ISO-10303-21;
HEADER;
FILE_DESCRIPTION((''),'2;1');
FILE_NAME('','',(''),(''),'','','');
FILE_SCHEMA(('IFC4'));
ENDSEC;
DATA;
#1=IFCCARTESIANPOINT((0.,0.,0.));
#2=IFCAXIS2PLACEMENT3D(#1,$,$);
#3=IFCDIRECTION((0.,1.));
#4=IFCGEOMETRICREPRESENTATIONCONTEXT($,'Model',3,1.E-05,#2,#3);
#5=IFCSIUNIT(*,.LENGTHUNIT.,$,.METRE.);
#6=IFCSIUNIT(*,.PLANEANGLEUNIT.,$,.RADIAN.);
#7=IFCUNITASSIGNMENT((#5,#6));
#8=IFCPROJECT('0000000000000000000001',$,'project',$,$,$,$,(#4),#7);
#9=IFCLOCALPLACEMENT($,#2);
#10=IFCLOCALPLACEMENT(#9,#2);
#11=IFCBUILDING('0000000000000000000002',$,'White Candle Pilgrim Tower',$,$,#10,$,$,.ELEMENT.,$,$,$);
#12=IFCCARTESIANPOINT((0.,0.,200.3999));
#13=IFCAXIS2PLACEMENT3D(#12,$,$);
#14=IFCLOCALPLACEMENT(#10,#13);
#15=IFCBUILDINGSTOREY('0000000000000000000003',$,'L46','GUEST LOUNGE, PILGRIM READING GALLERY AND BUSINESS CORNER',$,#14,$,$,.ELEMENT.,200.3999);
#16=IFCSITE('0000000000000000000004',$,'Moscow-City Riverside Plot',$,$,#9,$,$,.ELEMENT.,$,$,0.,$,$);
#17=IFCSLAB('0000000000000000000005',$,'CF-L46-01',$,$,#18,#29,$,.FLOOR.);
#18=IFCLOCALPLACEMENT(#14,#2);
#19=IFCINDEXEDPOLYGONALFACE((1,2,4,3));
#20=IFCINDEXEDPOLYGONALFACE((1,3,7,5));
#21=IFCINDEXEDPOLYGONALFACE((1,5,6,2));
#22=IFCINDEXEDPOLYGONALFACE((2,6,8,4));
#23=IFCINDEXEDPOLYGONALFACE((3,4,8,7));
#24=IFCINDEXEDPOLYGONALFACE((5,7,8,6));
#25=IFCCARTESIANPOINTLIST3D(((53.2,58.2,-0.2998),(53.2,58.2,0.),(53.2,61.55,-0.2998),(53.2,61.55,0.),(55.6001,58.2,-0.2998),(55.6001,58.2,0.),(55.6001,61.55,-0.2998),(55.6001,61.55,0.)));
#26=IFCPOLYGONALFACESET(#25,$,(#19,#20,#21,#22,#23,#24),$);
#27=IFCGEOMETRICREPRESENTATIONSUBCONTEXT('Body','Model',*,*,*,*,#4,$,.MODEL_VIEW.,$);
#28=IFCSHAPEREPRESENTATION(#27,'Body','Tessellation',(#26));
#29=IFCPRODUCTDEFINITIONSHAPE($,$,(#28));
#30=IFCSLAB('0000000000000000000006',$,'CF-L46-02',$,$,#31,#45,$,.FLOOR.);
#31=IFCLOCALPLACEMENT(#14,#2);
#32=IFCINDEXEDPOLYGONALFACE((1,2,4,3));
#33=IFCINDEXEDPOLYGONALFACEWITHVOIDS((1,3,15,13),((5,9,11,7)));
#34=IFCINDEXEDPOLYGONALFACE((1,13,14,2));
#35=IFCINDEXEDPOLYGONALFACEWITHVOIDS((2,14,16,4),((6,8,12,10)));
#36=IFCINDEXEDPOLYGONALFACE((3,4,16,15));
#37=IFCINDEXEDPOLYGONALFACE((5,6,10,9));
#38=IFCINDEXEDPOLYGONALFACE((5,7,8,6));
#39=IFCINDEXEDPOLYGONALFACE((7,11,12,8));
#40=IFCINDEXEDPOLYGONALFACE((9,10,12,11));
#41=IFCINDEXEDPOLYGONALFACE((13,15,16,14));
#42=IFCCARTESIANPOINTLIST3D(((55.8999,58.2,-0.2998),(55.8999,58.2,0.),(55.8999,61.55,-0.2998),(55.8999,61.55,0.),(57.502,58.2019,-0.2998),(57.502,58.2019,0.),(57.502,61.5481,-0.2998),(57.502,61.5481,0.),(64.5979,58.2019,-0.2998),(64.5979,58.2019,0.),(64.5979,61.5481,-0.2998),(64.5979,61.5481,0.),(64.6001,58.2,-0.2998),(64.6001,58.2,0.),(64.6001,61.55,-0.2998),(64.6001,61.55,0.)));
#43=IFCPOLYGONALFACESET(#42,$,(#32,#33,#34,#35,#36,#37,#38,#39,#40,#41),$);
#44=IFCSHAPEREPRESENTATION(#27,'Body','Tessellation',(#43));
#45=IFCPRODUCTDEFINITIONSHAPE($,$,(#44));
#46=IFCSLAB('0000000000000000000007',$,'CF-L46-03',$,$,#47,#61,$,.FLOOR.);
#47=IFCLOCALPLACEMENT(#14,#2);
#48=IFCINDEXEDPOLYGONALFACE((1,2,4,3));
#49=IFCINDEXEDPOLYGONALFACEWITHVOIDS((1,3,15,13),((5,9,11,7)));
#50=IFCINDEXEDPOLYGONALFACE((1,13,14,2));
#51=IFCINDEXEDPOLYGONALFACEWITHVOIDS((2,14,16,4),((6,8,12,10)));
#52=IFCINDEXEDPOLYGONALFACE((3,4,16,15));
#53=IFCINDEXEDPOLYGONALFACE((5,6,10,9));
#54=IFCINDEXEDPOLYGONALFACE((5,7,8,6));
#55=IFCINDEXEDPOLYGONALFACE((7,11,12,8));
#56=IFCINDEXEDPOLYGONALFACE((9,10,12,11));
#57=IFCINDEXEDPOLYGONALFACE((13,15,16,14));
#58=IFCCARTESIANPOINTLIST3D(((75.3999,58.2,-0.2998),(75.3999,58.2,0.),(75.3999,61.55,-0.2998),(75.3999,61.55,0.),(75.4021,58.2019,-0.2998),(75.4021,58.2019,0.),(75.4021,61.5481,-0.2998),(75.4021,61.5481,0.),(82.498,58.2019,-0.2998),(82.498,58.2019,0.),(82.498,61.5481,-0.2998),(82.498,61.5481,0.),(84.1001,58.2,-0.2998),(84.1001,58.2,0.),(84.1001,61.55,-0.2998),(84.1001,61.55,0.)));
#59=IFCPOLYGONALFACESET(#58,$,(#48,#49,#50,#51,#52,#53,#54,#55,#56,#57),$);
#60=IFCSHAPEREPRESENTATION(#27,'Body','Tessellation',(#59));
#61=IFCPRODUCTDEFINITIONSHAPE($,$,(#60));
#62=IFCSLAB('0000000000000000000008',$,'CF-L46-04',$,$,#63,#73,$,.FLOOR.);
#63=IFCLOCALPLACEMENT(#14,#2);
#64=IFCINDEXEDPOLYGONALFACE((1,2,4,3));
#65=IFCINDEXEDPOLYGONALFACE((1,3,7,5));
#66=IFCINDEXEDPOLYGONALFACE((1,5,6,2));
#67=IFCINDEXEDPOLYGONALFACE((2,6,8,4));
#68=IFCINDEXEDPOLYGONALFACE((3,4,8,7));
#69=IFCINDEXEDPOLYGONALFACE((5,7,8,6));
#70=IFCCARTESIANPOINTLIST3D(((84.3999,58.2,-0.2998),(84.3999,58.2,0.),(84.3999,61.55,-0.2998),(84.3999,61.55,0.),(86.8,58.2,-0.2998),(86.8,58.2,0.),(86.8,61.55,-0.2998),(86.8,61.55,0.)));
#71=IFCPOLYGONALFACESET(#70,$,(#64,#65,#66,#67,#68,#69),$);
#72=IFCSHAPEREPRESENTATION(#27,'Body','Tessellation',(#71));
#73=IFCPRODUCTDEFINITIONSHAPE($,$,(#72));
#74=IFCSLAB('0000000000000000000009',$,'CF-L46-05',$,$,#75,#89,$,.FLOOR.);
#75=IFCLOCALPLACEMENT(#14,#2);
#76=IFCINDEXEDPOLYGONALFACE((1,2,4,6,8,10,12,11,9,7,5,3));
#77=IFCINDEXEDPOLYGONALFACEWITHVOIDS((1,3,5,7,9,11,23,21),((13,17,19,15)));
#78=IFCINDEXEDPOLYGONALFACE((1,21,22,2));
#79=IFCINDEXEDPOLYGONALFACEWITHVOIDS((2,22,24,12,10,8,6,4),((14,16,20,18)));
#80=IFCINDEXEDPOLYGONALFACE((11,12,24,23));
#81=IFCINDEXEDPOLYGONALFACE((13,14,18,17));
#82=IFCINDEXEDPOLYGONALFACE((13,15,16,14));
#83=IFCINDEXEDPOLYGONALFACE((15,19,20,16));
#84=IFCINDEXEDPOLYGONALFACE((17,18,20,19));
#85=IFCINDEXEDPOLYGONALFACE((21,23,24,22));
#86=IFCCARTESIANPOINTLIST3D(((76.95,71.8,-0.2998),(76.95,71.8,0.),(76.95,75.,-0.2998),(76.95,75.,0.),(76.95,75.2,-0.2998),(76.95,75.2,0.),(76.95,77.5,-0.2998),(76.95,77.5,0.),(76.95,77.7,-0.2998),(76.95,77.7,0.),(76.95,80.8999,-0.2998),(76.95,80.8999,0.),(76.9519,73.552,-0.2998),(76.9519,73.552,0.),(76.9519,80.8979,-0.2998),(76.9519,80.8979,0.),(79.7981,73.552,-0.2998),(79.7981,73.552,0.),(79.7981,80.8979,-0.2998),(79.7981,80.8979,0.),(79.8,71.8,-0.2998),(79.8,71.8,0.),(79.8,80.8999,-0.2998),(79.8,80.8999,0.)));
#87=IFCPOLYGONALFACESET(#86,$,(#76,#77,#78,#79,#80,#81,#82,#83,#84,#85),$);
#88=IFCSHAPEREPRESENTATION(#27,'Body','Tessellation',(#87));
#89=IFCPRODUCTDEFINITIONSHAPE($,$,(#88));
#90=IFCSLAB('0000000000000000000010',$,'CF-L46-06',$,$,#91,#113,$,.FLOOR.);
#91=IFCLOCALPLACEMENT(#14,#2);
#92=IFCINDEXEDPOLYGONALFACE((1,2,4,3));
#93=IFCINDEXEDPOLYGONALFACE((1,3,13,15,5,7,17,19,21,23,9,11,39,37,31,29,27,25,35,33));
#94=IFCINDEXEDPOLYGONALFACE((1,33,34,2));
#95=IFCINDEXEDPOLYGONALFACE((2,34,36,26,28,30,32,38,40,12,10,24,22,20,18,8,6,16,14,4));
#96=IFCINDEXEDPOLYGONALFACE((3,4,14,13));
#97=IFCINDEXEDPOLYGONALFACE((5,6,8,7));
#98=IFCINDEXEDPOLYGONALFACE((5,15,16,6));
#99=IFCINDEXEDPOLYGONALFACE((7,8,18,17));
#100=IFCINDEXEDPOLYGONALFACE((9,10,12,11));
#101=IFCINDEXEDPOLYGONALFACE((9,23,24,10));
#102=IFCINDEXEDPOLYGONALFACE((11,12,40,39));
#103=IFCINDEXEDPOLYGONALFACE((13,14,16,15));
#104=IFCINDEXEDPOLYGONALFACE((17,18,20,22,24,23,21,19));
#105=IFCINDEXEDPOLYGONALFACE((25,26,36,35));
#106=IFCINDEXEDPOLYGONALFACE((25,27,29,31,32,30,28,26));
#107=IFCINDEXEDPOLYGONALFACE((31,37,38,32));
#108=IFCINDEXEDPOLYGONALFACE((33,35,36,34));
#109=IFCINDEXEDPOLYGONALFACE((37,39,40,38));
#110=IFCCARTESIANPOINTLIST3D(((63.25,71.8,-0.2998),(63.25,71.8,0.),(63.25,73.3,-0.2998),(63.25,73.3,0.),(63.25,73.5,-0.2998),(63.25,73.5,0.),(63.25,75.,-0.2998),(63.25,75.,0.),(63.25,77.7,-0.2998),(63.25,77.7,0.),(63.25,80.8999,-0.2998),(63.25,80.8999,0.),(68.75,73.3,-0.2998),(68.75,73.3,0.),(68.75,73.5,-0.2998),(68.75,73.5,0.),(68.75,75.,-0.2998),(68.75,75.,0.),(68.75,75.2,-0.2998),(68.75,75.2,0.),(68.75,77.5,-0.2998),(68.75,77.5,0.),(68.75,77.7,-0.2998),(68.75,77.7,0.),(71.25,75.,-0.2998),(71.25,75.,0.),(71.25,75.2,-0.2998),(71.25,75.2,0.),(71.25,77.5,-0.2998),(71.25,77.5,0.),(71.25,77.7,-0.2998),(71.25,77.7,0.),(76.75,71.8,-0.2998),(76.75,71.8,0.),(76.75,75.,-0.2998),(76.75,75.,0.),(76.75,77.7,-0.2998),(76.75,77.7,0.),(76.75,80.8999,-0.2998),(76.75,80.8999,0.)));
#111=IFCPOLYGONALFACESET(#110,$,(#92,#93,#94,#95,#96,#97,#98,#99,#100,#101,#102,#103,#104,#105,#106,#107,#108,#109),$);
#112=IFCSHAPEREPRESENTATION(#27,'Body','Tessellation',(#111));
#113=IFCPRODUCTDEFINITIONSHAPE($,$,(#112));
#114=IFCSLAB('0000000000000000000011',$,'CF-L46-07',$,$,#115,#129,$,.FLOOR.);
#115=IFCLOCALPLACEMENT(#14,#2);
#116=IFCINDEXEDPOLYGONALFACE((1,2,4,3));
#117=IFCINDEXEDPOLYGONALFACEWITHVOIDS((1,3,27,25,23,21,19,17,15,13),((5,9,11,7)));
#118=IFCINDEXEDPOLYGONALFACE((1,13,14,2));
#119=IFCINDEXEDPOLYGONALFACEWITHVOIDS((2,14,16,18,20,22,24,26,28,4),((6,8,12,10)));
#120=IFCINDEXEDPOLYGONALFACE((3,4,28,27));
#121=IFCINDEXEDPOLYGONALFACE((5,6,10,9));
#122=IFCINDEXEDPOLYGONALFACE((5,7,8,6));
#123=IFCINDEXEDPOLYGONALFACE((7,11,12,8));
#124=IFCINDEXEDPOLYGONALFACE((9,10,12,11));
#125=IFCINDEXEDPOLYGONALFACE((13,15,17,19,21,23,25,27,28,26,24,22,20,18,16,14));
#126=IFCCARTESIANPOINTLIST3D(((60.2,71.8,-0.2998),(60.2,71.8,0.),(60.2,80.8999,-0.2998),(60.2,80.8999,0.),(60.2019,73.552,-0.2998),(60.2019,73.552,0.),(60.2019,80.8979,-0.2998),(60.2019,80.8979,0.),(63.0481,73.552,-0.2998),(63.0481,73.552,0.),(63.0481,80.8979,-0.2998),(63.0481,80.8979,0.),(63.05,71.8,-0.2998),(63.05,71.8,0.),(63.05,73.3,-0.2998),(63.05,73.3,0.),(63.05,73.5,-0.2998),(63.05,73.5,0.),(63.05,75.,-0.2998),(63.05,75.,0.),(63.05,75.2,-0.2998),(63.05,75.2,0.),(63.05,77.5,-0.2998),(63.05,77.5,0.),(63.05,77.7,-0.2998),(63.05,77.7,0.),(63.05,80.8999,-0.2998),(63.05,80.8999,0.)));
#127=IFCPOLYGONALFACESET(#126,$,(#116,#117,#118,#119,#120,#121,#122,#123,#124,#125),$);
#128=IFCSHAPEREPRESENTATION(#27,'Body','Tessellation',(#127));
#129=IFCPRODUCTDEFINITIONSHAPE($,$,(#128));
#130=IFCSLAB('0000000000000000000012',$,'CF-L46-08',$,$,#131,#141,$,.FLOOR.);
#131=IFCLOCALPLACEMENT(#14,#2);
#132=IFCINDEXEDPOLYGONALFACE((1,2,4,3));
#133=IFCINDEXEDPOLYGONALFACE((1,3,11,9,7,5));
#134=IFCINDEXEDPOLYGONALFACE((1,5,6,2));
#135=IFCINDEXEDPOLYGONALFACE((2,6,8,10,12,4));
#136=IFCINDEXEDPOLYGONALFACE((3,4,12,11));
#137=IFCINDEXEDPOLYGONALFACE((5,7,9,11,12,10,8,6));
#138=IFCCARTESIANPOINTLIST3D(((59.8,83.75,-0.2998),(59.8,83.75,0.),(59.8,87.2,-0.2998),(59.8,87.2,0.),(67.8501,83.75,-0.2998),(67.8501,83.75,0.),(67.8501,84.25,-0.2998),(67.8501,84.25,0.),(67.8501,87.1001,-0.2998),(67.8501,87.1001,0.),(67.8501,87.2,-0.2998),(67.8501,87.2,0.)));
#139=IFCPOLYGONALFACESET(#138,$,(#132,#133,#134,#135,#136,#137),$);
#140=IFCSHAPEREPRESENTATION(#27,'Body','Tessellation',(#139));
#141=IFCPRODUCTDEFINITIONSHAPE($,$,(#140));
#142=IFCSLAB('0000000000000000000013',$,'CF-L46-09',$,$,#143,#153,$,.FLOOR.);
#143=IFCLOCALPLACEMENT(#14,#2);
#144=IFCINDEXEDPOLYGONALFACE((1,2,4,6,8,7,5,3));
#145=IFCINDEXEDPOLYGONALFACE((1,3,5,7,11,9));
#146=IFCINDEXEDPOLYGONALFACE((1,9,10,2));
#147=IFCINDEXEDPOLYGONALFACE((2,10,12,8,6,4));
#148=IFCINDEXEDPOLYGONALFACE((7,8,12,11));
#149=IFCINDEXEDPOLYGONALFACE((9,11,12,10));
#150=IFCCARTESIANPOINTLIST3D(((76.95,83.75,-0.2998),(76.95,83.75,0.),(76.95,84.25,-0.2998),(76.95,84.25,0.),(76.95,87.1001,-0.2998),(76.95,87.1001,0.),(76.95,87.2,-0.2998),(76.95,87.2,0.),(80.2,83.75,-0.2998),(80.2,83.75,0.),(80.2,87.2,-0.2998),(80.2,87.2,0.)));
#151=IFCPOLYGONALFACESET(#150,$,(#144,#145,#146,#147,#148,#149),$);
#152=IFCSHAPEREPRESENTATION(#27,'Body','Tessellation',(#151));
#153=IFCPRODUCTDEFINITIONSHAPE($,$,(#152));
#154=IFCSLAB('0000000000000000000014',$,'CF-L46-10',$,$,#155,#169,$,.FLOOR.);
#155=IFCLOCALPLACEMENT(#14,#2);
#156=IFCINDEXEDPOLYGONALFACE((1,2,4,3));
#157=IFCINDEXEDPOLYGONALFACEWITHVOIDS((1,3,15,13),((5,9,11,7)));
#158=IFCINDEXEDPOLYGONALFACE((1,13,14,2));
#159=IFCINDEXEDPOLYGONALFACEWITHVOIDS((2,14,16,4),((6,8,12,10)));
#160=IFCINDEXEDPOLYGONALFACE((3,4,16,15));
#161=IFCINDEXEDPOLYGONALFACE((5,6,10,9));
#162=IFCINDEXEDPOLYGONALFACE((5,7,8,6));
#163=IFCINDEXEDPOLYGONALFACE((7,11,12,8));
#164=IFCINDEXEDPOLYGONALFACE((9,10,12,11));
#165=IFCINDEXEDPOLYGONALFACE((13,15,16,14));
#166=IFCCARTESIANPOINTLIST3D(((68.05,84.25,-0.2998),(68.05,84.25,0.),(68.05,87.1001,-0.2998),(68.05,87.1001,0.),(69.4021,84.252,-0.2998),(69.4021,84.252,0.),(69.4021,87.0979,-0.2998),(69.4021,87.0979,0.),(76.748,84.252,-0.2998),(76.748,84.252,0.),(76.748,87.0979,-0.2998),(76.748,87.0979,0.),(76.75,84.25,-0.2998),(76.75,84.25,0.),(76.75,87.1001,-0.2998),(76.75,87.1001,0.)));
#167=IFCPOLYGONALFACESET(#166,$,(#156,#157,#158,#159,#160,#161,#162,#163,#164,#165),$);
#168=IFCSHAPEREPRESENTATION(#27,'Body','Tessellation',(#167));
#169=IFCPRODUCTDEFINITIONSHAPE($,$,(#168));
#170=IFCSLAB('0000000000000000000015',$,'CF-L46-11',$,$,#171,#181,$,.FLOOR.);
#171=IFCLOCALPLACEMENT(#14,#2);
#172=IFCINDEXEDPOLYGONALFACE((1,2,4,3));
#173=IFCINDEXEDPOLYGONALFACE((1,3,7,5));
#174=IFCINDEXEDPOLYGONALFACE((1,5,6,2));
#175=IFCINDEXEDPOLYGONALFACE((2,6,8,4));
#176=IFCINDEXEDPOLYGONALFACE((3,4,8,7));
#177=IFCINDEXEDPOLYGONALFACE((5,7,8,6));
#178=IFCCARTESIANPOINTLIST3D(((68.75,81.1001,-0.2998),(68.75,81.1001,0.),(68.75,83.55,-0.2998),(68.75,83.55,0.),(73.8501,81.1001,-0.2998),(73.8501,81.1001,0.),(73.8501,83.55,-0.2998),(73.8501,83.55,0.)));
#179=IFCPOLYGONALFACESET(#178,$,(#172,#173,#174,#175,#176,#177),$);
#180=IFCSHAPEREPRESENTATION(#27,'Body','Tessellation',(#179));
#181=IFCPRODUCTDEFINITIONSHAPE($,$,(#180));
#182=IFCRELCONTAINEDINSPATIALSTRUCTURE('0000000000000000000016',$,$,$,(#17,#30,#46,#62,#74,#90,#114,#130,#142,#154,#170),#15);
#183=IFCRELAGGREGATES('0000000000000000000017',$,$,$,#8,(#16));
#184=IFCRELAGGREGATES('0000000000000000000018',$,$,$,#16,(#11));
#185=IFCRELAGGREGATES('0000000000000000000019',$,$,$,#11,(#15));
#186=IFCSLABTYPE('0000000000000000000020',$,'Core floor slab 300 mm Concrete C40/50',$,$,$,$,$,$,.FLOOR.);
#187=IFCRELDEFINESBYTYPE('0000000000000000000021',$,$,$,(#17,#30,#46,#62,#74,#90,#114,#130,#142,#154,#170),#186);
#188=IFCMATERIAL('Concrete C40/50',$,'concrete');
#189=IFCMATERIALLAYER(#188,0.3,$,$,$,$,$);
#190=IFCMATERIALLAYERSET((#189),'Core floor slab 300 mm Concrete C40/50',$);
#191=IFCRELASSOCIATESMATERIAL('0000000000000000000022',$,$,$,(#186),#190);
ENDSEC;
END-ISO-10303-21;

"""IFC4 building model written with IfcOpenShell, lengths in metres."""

from ifc_helpers import new_model, si_unit, direction, frame, origin, place, context, subcontext, project, spatial, polyline, outline, extrude, material, layer, layer_set, type_object, element, save


model = new_model("IFC4")

# Units and contexts
model_context = context("Model", 3, precision=1e-05, world=origin(), true_north=direction((0.0, 1.0)))
body_context = subcontext(model_context, "Body", "Model", "MODEL_VIEW")
ifc_project = project(units=[si_unit("LENGTHUNIT", "METRE"), si_unit("PLANEANGLEUNIT", "RADIAN")], contexts=[model_context])

# Site, building, storey
site_placement = place(None, origin())
site = spatial("IfcSite", under=ifc_project, at=site_placement, Name="Moscow-City Riverside Plot", CompositionType="ELEMENT", RefElevation=0.0)
building_placement = place(site_placement, origin())
building = spatial("IfcBuilding", under=site, at=building_placement, Name="White Candle Pilgrim Tower", CompositionType="ELEMENT")
storey_placement = place(building_placement, frame((0.0, 0.0, 200.3999)))
storey = spatial("IfcBuildingStorey", under=building, at=storey_placement, Name="L46", Description="GUEST LOUNGE, PILGRIM READING GALLERY AND BUSINESS CORNER", CompositionType="ELEMENT", Elevation=200.3999)

# Slabs
ifc_material = material(Name="Concrete C40/50", Category="concrete")
ifc_layer_1 = layer(ifc_material, 0.3)
ifc_layer_set_1 = layer_set([ifc_layer_1], Name="Core floor slab 300 mm Concrete C40/50")
slab_type_1 = type_object("IfcSlabType", Name="Core floor slab 300 mm Concrete C40/50", PredefinedType="FLOOR", material=ifc_layer_set_1)
slab_1_placement = place(storey_placement, frame((0.0, 0.0, -0.2998)))
element("IfcSlab", 1, at=slab_1_placement, inside=storey, type_object=slab_type_1, Name="CF-L46-01", PredefinedType="FLOOR", context=body_context, shape_type="SweptSolid", body=[
    extrude(outline(polyline([(55.6001, 58.2), (53.2, 58.2), (53.2, 61.55), (55.6001, 61.55), (55.6001, 58.2)])), origin(), (0.0, 0.0, 1.0), 0.2998),
])
slab_2_placement = place(storey_placement, frame((0.0, 0.0, -0.2998)))
element("IfcSlab", 2, at=slab_2_placement, inside=storey, type_object=slab_type_1, Name="CF-L46-02", PredefinedType="FLOOR", context=body_context, shape_type="SweptSolid", body=[
    extrude(outline(polyline([(55.8999, 58.2), (55.8999, 61.55), (64.6001, 61.55), (64.6001, 58.2), (55.8999, 58.2)]), holes=[polyline([(57.502, 61.5481), (57.502, 58.2019), (64.5979, 58.2019), (64.5979, 61.5481), (57.502, 61.5481)])]), origin(), (0.0, 0.0, 1.0), 0.2998),
])
slab_3_placement = place(storey_placement, frame((0.0, 0.0, -0.2998)))
element("IfcSlab", 3, at=slab_3_placement, inside=storey, type_object=slab_type_1, Name="CF-L46-03", PredefinedType="FLOOR", context=body_context, shape_type="SweptSolid", body=[
    extrude(outline(polyline([(75.3999, 58.2), (75.3999, 61.55), (84.1001, 61.55), (84.1001, 58.2), (75.3999, 58.2)]), holes=[polyline([(82.498, 58.2019), (82.498, 61.5481), (75.4021, 61.5481), (75.4021, 58.2019), (82.498, 58.2019)])]), origin(), (0.0, 0.0, 1.0), 0.2998),
])
slab_4_placement = place(storey_placement, frame((0.0, 0.0, -0.2998)))
element("IfcSlab", 4, at=slab_4_placement, inside=storey, type_object=slab_type_1, Name="CF-L46-04", PredefinedType="FLOOR", context=body_context, shape_type="SweptSolid", body=[
    extrude(outline(polyline([(86.8, 58.2), (84.3999, 58.2), (84.3999, 61.55), (86.8, 61.55), (86.8, 58.2)])), origin(), (0.0, 0.0, 1.0), 0.2998),
])
slab_5_placement = place(storey_placement, frame((0.0, 0.0, -0.2998)))
element("IfcSlab", 5, at=slab_5_placement, inside=storey, type_object=slab_type_1, Name="CF-L46-05", PredefinedType="FLOOR", context=body_context, shape_type="SweptSolid", body=[
    extrude(outline(polyline([(76.95, 71.8), (76.95, 75.0), (76.95, 75.2), (76.95, 77.5), (76.95, 77.7), (76.95, 80.8999), (79.8, 80.8999), (79.8, 71.8), (76.95, 71.8)]), holes=[polyline([(76.9519, 73.552), (79.7981, 73.552), (79.7981, 80.8979), (76.9519, 80.8979), (76.9519, 73.552)])]), origin(), (0.0, 0.0, 1.0), 0.2998),
])
slab_6_placement = place(storey_placement, frame((0.0, 0.0, -0.2998)))
element("IfcSlab", 6, at=slab_6_placement, inside=storey, type_object=slab_type_1, Name="CF-L46-06", PredefinedType="FLOOR", context=body_context, shape_type="SweptSolid", body=[
    extrude(outline(polyline([(63.25, 71.8), (63.25, 73.3), (68.75, 73.3), (68.75, 73.5), (63.25, 73.5), (63.25, 75.0), (68.75, 75.0), (68.75, 75.2), (68.75, 77.5), (68.75, 77.7), (63.25, 77.7), (63.25, 80.8999), (76.75, 80.8999), (76.75, 77.7), (71.25, 77.7), (71.25, 77.5), (71.25, 75.2), (71.25, 75.0), (76.75, 75.0), (76.75, 71.8), (63.25, 71.8)])), origin(), (0.0, 0.0, 1.0), 0.2998),
])
slab_7_placement = place(storey_placement, frame((0.0, 0.0, -0.2998)))
element("IfcSlab", 7, at=slab_7_placement, inside=storey, type_object=slab_type_1, Name="CF-L46-07", PredefinedType="FLOOR", context=body_context, shape_type="SweptSolid", body=[
    extrude(outline(polyline([(60.2, 71.8), (60.2, 80.8999), (63.05, 80.8999), (63.05, 77.7), (63.05, 77.5), (63.05, 75.2), (63.05, 75.0), (63.05, 73.5), (63.05, 73.3), (63.05, 71.8), (60.2, 71.8)]), holes=[polyline([(60.2019, 73.552), (63.0481, 73.552), (63.0481, 80.8979), (60.2019, 80.8979), (60.2019, 73.552)])]), origin(), (0.0, 0.0, 1.0), 0.2998),
])
slab_8_placement = place(storey_placement, frame((0.0, 0.0, -0.2998)))
element("IfcSlab", 8, at=slab_8_placement, inside=storey, type_object=slab_type_1, Name="CF-L46-08", PredefinedType="FLOOR", context=body_context, shape_type="SweptSolid", body=[
    extrude(outline(polyline([(59.8, 87.2), (67.8501, 87.2), (67.8501, 87.1001), (67.8501, 84.25), (67.8501, 83.75), (59.8, 83.75), (59.8, 87.2)])), origin(), (0.0, 0.0, 1.0), 0.2998),
])
slab_9_placement = place(storey_placement, frame((0.0, 0.0, -0.2998)))
element("IfcSlab", 9, at=slab_9_placement, inside=storey, type_object=slab_type_1, Name="CF-L46-09", PredefinedType="FLOOR", context=body_context, shape_type="SweptSolid", body=[
    extrude(outline(polyline([(80.2, 87.2), (80.2, 83.75), (76.95, 83.75), (76.95, 84.25), (76.95, 87.1001), (76.95, 87.2), (80.2, 87.2)])), origin(), (0.0, 0.0, 1.0), 0.2998),
])
slab_10_placement = place(storey_placement, frame((0.0, 0.0, -0.2998)))
element("IfcSlab", 10, at=slab_10_placement, inside=storey, type_object=slab_type_1, Name="CF-L46-10", PredefinedType="FLOOR", context=body_context, shape_type="SweptSolid", body=[
    extrude(outline(polyline([(68.05, 87.1001), (76.75, 87.1001), (76.75, 84.25), (68.05, 84.25), (68.05, 87.1001)]), holes=[polyline([(69.4021, 87.0979), (69.4021, 84.252), (76.748, 84.252), (76.748, 87.0979), (69.4021, 87.0979)])]), origin(), (0.0, 0.0, 1.0), 0.2998),
])
slab_11_placement = place(storey_placement, frame((0.0, 0.0, -0.2998)))
element("IfcSlab", 11, at=slab_11_placement, inside=storey, type_object=slab_type_1, Name="CF-L46-11", PredefinedType="FLOOR", context=body_context, shape_type="SweptSolid", body=[
    extrude(outline(polyline([(73.8501, 83.55), (73.8501, 81.1001), (68.75, 81.1001), (68.75, 83.55), (73.8501, 83.55)])), origin(), (0.0, 0.0, 1.0), 0.2998),
])

save(model, "model.ifc")
